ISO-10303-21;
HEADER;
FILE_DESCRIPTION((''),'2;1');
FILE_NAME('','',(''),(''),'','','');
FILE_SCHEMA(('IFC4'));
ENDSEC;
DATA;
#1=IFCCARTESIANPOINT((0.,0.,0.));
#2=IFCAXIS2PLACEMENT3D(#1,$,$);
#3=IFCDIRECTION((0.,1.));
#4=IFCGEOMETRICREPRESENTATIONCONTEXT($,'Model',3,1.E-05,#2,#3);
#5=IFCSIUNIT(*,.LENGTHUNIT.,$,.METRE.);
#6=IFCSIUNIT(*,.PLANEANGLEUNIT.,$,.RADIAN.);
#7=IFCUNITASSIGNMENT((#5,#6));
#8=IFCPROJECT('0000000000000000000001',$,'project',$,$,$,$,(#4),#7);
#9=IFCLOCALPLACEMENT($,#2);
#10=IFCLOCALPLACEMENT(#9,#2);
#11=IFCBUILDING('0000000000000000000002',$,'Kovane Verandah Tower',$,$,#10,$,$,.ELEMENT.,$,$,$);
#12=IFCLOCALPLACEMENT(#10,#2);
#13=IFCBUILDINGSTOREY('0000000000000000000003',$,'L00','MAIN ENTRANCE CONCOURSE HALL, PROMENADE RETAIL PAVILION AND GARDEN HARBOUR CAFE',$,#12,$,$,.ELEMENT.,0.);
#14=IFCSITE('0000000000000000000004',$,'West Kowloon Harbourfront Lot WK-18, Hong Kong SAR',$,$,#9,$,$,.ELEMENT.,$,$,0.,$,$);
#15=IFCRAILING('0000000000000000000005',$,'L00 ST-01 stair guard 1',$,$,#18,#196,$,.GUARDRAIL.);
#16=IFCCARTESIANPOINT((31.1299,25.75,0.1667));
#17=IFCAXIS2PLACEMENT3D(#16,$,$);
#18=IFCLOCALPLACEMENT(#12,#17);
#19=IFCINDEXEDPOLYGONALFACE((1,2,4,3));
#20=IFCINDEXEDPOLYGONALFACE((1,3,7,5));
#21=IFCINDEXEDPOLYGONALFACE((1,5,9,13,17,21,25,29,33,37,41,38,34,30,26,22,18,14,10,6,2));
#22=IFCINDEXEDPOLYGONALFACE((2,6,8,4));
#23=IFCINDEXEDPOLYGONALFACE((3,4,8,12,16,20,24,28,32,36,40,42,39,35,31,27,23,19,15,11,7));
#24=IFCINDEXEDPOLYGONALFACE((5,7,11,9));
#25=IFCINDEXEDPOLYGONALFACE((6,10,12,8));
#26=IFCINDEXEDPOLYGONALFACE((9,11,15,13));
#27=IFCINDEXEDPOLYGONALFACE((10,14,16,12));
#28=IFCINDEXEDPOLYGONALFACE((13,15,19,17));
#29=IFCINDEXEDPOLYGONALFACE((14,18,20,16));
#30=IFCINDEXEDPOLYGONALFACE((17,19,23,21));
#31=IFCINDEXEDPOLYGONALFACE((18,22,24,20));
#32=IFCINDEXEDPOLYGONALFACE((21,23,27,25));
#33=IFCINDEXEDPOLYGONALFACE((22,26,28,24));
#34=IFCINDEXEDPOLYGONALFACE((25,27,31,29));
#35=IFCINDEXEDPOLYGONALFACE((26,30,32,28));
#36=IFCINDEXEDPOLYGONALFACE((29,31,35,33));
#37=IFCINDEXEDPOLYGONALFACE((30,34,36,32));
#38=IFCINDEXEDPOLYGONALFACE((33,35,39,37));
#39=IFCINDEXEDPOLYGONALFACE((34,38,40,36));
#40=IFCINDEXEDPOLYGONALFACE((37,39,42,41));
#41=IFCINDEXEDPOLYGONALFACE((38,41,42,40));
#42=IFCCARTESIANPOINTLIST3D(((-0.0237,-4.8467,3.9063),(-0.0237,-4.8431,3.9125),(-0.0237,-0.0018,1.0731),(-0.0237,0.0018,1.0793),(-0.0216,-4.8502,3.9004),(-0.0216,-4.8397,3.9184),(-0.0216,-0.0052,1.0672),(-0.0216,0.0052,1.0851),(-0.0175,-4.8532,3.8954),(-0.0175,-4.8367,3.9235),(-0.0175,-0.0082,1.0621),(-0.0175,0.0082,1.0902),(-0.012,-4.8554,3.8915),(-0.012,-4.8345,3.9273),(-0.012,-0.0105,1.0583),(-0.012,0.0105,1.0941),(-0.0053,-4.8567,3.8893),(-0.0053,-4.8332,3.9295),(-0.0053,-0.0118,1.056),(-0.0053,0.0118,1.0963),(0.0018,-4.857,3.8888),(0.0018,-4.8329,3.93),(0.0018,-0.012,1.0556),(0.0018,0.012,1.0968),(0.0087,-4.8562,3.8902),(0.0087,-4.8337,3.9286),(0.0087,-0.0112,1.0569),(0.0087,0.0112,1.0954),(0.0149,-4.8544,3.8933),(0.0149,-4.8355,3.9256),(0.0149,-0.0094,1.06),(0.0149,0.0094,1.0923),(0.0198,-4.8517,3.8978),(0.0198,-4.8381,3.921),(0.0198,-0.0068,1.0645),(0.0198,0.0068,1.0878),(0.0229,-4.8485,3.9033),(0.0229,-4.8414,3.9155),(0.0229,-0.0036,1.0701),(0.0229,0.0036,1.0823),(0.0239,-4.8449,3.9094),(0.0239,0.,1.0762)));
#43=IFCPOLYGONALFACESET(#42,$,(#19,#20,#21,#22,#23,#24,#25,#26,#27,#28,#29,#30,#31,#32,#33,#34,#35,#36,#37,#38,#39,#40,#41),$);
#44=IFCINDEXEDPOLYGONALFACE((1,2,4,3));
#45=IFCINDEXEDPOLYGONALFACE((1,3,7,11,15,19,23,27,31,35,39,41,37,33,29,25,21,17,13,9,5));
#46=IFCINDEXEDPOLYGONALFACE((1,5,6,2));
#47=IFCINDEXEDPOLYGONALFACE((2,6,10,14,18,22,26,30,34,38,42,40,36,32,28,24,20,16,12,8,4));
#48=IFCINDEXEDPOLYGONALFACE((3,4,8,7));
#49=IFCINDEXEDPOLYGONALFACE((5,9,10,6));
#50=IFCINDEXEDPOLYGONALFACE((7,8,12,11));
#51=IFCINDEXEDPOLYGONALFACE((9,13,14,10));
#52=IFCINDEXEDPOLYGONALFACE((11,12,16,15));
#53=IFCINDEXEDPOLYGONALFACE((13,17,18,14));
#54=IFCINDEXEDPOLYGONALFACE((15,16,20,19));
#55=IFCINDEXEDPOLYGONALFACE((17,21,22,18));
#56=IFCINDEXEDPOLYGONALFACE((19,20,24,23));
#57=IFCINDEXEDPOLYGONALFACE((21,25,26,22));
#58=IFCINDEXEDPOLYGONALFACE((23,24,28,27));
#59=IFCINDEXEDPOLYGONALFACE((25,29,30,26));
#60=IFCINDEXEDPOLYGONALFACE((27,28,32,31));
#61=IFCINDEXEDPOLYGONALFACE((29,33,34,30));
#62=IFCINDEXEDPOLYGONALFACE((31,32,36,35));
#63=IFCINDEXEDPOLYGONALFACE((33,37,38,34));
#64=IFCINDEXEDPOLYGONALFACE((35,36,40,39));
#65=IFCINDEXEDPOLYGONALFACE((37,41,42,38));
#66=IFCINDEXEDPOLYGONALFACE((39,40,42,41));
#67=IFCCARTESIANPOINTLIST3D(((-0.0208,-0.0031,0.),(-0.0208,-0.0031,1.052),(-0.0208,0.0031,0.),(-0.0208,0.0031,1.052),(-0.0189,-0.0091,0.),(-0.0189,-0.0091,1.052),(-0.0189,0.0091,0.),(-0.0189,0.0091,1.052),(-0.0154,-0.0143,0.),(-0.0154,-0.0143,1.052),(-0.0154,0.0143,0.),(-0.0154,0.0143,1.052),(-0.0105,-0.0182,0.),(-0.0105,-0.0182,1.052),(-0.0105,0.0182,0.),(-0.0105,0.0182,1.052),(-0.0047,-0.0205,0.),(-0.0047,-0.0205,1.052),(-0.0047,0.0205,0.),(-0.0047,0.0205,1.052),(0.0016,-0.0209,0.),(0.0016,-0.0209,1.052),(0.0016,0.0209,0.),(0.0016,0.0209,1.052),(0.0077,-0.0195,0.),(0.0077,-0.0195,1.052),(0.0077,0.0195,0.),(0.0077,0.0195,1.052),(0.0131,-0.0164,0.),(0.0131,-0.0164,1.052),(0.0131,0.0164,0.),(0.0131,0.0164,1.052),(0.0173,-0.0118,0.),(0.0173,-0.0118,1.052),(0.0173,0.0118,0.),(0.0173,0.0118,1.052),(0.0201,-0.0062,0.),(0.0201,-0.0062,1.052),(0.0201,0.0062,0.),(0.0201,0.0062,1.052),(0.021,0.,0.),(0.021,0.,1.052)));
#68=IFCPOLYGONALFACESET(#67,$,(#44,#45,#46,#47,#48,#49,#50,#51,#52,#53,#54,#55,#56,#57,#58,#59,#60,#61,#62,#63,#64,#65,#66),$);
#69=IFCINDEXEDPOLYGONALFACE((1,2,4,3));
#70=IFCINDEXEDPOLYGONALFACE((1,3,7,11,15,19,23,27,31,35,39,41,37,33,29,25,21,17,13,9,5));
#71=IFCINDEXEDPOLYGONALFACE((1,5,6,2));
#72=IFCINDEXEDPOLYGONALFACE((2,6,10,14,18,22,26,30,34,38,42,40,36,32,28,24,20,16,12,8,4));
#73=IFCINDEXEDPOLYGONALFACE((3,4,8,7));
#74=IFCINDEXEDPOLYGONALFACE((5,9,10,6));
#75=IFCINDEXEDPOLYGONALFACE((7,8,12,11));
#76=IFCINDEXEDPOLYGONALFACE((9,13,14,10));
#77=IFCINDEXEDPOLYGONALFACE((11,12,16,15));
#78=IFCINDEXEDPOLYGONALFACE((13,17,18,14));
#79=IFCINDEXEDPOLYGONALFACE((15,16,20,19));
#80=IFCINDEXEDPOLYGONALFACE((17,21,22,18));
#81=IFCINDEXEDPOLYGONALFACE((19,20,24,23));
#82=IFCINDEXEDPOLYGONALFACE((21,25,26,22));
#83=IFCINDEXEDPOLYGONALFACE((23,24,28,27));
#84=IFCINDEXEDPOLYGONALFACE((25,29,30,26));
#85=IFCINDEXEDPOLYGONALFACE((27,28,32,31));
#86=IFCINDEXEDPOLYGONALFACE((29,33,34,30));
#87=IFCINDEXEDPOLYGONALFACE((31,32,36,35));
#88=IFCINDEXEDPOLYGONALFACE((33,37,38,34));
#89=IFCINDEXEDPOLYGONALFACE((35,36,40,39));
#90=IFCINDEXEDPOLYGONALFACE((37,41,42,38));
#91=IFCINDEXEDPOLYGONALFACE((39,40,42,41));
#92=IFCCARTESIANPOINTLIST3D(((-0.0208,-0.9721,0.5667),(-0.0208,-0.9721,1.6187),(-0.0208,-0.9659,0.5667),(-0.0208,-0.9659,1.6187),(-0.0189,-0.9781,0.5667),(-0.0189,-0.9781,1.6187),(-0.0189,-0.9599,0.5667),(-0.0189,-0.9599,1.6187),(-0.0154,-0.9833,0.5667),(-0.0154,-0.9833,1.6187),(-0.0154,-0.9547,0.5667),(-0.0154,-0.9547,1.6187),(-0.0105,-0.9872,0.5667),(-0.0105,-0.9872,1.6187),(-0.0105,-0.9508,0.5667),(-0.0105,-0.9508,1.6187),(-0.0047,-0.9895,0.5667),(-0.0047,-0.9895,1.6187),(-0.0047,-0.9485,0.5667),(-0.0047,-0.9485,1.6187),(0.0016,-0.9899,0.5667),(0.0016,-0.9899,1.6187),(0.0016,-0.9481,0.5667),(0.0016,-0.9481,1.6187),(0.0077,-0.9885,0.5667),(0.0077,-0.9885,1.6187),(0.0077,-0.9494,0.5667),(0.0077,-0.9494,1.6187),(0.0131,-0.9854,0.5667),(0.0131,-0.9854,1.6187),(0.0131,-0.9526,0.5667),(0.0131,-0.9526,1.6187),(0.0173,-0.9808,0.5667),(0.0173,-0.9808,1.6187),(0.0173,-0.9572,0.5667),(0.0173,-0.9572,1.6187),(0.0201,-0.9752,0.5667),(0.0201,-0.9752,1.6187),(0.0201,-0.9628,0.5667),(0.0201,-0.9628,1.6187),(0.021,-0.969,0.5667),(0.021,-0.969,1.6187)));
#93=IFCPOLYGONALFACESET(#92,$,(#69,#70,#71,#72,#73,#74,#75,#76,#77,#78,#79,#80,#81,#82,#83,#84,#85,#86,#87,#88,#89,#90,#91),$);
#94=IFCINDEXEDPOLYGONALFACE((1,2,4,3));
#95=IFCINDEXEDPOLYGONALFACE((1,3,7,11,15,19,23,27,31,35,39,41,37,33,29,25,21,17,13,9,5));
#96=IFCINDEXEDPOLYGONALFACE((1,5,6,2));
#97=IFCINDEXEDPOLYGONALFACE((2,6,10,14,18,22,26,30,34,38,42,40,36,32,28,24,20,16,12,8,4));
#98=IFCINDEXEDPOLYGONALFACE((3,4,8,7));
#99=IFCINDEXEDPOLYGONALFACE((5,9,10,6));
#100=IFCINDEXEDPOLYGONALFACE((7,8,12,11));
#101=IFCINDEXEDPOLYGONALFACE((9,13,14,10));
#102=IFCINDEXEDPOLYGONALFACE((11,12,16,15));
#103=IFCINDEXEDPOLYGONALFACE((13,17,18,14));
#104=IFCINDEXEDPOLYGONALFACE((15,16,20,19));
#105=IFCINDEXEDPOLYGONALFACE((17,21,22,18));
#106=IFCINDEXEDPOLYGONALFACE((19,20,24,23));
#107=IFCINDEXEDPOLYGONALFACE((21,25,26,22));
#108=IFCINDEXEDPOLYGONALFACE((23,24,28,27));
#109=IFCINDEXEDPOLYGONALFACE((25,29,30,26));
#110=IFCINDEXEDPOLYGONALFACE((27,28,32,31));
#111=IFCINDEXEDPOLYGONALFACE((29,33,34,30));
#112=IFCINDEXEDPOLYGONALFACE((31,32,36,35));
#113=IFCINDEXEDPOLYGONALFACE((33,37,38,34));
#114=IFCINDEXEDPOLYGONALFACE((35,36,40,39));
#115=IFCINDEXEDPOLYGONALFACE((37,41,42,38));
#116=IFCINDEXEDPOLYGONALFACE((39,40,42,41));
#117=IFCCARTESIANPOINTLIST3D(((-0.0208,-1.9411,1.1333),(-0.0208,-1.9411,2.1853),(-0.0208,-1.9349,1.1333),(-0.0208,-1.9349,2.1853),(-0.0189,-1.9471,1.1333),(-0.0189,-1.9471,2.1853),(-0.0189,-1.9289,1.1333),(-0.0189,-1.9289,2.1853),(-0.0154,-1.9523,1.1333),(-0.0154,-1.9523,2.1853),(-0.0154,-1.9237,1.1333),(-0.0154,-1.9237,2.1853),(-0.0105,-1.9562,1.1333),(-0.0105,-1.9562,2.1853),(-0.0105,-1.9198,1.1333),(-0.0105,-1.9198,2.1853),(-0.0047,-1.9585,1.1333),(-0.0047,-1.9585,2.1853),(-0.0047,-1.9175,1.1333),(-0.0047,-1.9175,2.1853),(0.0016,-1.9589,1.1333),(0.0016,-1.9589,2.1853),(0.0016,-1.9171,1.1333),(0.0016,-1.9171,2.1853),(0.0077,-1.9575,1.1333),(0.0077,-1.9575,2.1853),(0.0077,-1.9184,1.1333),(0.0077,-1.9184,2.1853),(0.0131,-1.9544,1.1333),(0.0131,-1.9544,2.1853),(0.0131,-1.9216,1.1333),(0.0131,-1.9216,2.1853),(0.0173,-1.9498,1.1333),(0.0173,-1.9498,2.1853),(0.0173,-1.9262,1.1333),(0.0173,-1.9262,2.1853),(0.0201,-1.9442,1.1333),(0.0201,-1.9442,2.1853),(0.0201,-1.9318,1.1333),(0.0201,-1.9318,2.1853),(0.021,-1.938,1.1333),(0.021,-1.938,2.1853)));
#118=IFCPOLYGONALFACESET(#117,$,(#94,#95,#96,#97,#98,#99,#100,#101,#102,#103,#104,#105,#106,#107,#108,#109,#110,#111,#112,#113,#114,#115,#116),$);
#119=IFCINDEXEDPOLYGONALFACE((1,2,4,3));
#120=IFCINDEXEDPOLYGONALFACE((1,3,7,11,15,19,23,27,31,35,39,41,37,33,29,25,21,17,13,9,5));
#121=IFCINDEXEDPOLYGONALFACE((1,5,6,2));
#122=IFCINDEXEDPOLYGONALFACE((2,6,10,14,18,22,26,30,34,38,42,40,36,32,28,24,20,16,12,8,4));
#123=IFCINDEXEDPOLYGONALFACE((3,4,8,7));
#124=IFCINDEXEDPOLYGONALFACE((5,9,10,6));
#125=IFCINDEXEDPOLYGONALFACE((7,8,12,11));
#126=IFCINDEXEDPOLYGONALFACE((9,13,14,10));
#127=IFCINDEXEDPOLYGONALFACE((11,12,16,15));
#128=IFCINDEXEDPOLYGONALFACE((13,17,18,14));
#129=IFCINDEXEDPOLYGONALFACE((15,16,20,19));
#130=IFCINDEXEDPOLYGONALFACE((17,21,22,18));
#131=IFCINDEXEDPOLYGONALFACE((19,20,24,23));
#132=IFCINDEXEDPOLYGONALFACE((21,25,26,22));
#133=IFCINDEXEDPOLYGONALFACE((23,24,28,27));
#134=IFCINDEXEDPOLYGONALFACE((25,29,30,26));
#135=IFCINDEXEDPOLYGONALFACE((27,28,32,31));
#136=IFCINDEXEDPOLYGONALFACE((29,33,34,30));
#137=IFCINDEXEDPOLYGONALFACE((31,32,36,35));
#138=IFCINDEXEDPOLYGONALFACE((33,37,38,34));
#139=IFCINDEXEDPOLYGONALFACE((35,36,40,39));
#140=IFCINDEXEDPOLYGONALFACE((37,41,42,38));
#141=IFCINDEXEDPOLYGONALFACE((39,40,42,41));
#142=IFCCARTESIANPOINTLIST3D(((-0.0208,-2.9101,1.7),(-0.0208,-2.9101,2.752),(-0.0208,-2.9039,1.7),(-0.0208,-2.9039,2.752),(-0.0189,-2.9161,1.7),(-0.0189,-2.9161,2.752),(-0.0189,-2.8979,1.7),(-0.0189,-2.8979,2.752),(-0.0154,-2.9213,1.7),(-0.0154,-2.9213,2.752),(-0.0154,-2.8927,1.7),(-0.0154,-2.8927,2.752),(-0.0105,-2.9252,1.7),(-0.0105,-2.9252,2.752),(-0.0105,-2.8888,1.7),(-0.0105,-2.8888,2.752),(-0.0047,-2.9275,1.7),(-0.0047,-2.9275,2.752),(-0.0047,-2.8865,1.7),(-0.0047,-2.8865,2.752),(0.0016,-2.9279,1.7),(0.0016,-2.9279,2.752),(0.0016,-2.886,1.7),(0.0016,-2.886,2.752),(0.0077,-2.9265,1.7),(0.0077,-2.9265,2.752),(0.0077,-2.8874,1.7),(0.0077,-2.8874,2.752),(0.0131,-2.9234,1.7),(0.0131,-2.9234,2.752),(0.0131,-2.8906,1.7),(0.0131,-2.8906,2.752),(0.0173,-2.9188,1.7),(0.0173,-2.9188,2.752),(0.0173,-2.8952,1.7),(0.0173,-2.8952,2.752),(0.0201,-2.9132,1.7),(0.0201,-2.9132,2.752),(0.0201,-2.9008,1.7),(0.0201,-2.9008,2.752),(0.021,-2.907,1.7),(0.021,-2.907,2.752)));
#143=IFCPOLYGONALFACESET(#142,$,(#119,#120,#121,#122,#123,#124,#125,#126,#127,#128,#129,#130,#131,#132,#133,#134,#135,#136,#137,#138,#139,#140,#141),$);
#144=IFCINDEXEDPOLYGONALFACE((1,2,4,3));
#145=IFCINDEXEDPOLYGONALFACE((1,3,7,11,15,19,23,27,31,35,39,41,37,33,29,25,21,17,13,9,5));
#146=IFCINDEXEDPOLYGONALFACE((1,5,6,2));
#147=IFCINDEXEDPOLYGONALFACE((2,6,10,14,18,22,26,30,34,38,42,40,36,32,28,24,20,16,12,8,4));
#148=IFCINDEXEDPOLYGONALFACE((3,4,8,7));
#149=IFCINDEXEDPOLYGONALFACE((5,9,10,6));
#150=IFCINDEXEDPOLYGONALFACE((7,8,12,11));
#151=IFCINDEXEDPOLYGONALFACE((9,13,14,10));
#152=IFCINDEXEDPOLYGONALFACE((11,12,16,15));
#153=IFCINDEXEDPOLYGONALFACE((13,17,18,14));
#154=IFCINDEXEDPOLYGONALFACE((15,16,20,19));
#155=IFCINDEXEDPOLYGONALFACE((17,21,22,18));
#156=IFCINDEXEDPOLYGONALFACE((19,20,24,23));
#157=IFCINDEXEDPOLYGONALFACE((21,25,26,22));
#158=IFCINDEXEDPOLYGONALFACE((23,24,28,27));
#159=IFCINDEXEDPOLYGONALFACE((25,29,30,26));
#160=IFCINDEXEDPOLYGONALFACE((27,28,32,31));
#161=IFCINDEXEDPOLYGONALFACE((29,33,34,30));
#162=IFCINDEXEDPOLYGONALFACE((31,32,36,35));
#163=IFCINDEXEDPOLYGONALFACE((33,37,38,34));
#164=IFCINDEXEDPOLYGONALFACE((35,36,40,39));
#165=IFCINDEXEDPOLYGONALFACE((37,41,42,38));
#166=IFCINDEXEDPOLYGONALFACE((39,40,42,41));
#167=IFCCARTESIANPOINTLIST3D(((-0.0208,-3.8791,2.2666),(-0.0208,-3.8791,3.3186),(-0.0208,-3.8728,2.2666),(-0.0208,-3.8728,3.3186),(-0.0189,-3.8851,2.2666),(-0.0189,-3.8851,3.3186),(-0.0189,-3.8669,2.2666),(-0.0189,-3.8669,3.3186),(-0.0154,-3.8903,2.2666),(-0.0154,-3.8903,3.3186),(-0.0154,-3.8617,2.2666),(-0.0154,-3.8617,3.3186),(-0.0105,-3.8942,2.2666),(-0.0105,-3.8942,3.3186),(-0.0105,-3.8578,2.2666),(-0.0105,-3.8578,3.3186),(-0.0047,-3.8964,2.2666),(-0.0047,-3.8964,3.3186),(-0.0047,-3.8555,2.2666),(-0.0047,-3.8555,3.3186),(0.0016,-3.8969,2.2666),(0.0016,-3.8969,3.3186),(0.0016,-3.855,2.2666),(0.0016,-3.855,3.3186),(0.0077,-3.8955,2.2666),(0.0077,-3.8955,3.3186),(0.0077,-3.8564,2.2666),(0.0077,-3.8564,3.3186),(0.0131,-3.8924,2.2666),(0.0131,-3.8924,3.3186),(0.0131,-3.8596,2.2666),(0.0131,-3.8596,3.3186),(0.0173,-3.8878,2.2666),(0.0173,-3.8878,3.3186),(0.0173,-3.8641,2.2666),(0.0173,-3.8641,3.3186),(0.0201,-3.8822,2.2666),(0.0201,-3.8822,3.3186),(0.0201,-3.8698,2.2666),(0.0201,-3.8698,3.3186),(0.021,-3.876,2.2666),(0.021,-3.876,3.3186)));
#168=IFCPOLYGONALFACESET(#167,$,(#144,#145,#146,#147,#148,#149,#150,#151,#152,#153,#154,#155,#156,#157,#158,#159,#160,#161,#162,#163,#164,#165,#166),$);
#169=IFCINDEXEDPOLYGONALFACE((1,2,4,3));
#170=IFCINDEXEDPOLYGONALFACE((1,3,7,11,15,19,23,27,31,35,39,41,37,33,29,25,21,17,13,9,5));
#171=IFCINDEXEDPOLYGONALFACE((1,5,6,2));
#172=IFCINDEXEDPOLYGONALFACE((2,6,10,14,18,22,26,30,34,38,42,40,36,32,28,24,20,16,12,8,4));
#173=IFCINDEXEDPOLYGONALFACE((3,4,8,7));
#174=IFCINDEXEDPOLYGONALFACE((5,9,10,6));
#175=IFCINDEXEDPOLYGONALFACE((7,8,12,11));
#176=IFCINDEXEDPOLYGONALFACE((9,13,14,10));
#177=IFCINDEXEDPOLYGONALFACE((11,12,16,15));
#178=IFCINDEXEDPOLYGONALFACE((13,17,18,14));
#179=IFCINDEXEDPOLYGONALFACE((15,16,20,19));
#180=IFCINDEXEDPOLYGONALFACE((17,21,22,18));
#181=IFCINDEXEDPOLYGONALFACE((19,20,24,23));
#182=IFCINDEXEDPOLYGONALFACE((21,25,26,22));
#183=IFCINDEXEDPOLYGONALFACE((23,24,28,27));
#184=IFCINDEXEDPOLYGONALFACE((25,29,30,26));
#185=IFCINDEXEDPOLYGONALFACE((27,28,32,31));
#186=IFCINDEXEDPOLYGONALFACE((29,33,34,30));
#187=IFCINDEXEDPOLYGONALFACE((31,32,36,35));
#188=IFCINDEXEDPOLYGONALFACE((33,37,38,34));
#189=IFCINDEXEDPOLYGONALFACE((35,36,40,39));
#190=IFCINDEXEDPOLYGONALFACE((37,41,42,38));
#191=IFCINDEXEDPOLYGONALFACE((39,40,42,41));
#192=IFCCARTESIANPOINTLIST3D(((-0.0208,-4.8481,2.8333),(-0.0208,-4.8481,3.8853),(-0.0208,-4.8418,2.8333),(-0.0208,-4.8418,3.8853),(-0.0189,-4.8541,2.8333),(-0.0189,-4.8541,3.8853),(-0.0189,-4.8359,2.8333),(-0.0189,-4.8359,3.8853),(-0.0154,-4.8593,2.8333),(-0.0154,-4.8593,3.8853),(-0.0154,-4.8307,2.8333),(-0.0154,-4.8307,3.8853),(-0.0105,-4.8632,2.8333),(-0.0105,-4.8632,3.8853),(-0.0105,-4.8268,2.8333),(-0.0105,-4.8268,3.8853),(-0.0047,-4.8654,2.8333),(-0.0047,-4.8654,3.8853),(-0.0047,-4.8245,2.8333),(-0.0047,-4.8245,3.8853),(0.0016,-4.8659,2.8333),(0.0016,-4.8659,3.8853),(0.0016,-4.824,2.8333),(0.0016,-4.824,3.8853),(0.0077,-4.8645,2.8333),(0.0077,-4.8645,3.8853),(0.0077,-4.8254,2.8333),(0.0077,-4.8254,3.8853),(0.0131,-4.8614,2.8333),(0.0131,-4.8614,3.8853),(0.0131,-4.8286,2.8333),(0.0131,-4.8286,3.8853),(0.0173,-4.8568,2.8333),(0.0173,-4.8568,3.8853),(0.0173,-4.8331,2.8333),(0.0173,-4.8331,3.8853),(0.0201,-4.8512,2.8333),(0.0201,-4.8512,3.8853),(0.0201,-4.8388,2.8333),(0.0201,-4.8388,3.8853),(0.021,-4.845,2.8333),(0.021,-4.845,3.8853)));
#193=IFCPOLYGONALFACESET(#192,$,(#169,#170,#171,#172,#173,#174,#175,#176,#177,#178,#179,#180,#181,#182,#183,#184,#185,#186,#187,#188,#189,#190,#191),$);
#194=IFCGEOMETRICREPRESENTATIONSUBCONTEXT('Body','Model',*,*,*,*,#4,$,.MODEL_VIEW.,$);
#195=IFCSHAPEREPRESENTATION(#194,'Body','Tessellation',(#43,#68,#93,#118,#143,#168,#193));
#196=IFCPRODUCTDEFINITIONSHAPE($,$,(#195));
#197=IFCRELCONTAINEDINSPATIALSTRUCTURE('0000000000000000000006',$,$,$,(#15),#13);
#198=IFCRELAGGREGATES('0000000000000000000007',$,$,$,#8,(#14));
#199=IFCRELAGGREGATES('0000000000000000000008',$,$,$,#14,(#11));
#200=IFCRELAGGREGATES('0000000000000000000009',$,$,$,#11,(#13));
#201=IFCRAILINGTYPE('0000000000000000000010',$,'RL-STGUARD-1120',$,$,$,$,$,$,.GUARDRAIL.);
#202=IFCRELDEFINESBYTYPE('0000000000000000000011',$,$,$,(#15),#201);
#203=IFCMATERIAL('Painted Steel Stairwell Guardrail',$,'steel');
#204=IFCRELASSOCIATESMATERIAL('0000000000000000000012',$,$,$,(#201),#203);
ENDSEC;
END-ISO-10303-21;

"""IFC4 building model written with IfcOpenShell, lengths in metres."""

from ifc_helpers import new_model, si_unit, direction, frame, origin, origin_2d, place, context, subcontext, project, spatial, circle, extrude, material, type_object, element, save


model = new_model("IFC4")

# Units and contexts
model_context = context("Model", 3, precision=1e-05, world=origin(), true_north=direction((0.0, 1.0)))
body_context = subcontext(model_context, "Body", "Model", "MODEL_VIEW")
ifc_project = project(units=[si_unit("LENGTHUNIT", "METRE"), si_unit("PLANEANGLEUNIT", "RADIAN")], contexts=[model_context])

# Site, building, storey
site_placement = place(None, origin())
site = spatial("IfcSite", under=ifc_project, at=site_placement, Name="West Kowloon Harbourfront Lot WK-18, Hong Kong SAR", CompositionType="ELEMENT", RefElevation=0.0)
building_placement = place(site_placement, origin())
building = spatial("IfcBuilding", under=site, at=building_placement, Name="Kovane Verandah Tower", CompositionType="ELEMENT")
storey_placement = place(building_placement, origin())
storey = spatial("IfcBuildingStorey", under=building, at=storey_placement, Name="L00", Description="MAIN ENTRANCE CONCOURSE HALL, PROMENADE RETAIL PAVILION AND GARDEN HARBOUR CAFE", CompositionType="ELEMENT", Elevation=0.0)

# Railing
ifc_material_1 = material(Name="Painted Steel Stairwell Guardrail", Category="steel")
railing_type_1 = type_object("IfcRailingType", Name="RL-STGUARD-1120", PredefinedType="GUARDRAIL", material=ifc_material_1)
railing_1_placement = place(storey_placement, frame((31.1299, 25.75, 0.1667)))
element("IfcRailing", 1, at=railing_1_placement, inside=storey, type_object=railing_type_1, Name="L00 ST-01 stair guard 1", PredefinedType="GUARDRAIL", context=body_context, shape_type="SweptSolid", body=[
    extrude(circle(Radius=0.0239, at=origin_2d()), frame((0.0, 0.0, 1.0762), z_axis=(0.0, -0.863234, 0.504804), x_axis=(1.0, 0.0, 0.0)), (0.0, 0.0, 1.0), 5.6125),
    extrude(circle(Radius=0.021, at=origin_2d()), origin(), (0.0, 0.0, 1.0), 1.052),
    extrude(circle(Radius=0.021, at=origin_2d()), frame((0.0, -0.969, 0.5667)), (0.0, 0.0, 1.0), 1.052),
    extrude(circle(Radius=0.021, at=origin_2d()), frame((0.0, -1.938, 1.1333)), (0.0, 0.0, 1.0), 1.052),
    extrude(circle(Radius=0.021, at=origin_2d()), frame((0.0, -2.907, 1.7)), (0.0, 0.0, 1.0), 1.052),
    extrude(circle(Radius=0.021, at=origin_2d()), frame((0.0, -3.876, 2.2666)), (0.0, 0.0, 1.0), 1.052),
    extrude(circle(Radius=0.021, at=origin_2d()), frame((0.0, -4.845, 2.8333)), (0.0, 0.0, 1.0), 1.052),
])

save(model, "model.ifc")
